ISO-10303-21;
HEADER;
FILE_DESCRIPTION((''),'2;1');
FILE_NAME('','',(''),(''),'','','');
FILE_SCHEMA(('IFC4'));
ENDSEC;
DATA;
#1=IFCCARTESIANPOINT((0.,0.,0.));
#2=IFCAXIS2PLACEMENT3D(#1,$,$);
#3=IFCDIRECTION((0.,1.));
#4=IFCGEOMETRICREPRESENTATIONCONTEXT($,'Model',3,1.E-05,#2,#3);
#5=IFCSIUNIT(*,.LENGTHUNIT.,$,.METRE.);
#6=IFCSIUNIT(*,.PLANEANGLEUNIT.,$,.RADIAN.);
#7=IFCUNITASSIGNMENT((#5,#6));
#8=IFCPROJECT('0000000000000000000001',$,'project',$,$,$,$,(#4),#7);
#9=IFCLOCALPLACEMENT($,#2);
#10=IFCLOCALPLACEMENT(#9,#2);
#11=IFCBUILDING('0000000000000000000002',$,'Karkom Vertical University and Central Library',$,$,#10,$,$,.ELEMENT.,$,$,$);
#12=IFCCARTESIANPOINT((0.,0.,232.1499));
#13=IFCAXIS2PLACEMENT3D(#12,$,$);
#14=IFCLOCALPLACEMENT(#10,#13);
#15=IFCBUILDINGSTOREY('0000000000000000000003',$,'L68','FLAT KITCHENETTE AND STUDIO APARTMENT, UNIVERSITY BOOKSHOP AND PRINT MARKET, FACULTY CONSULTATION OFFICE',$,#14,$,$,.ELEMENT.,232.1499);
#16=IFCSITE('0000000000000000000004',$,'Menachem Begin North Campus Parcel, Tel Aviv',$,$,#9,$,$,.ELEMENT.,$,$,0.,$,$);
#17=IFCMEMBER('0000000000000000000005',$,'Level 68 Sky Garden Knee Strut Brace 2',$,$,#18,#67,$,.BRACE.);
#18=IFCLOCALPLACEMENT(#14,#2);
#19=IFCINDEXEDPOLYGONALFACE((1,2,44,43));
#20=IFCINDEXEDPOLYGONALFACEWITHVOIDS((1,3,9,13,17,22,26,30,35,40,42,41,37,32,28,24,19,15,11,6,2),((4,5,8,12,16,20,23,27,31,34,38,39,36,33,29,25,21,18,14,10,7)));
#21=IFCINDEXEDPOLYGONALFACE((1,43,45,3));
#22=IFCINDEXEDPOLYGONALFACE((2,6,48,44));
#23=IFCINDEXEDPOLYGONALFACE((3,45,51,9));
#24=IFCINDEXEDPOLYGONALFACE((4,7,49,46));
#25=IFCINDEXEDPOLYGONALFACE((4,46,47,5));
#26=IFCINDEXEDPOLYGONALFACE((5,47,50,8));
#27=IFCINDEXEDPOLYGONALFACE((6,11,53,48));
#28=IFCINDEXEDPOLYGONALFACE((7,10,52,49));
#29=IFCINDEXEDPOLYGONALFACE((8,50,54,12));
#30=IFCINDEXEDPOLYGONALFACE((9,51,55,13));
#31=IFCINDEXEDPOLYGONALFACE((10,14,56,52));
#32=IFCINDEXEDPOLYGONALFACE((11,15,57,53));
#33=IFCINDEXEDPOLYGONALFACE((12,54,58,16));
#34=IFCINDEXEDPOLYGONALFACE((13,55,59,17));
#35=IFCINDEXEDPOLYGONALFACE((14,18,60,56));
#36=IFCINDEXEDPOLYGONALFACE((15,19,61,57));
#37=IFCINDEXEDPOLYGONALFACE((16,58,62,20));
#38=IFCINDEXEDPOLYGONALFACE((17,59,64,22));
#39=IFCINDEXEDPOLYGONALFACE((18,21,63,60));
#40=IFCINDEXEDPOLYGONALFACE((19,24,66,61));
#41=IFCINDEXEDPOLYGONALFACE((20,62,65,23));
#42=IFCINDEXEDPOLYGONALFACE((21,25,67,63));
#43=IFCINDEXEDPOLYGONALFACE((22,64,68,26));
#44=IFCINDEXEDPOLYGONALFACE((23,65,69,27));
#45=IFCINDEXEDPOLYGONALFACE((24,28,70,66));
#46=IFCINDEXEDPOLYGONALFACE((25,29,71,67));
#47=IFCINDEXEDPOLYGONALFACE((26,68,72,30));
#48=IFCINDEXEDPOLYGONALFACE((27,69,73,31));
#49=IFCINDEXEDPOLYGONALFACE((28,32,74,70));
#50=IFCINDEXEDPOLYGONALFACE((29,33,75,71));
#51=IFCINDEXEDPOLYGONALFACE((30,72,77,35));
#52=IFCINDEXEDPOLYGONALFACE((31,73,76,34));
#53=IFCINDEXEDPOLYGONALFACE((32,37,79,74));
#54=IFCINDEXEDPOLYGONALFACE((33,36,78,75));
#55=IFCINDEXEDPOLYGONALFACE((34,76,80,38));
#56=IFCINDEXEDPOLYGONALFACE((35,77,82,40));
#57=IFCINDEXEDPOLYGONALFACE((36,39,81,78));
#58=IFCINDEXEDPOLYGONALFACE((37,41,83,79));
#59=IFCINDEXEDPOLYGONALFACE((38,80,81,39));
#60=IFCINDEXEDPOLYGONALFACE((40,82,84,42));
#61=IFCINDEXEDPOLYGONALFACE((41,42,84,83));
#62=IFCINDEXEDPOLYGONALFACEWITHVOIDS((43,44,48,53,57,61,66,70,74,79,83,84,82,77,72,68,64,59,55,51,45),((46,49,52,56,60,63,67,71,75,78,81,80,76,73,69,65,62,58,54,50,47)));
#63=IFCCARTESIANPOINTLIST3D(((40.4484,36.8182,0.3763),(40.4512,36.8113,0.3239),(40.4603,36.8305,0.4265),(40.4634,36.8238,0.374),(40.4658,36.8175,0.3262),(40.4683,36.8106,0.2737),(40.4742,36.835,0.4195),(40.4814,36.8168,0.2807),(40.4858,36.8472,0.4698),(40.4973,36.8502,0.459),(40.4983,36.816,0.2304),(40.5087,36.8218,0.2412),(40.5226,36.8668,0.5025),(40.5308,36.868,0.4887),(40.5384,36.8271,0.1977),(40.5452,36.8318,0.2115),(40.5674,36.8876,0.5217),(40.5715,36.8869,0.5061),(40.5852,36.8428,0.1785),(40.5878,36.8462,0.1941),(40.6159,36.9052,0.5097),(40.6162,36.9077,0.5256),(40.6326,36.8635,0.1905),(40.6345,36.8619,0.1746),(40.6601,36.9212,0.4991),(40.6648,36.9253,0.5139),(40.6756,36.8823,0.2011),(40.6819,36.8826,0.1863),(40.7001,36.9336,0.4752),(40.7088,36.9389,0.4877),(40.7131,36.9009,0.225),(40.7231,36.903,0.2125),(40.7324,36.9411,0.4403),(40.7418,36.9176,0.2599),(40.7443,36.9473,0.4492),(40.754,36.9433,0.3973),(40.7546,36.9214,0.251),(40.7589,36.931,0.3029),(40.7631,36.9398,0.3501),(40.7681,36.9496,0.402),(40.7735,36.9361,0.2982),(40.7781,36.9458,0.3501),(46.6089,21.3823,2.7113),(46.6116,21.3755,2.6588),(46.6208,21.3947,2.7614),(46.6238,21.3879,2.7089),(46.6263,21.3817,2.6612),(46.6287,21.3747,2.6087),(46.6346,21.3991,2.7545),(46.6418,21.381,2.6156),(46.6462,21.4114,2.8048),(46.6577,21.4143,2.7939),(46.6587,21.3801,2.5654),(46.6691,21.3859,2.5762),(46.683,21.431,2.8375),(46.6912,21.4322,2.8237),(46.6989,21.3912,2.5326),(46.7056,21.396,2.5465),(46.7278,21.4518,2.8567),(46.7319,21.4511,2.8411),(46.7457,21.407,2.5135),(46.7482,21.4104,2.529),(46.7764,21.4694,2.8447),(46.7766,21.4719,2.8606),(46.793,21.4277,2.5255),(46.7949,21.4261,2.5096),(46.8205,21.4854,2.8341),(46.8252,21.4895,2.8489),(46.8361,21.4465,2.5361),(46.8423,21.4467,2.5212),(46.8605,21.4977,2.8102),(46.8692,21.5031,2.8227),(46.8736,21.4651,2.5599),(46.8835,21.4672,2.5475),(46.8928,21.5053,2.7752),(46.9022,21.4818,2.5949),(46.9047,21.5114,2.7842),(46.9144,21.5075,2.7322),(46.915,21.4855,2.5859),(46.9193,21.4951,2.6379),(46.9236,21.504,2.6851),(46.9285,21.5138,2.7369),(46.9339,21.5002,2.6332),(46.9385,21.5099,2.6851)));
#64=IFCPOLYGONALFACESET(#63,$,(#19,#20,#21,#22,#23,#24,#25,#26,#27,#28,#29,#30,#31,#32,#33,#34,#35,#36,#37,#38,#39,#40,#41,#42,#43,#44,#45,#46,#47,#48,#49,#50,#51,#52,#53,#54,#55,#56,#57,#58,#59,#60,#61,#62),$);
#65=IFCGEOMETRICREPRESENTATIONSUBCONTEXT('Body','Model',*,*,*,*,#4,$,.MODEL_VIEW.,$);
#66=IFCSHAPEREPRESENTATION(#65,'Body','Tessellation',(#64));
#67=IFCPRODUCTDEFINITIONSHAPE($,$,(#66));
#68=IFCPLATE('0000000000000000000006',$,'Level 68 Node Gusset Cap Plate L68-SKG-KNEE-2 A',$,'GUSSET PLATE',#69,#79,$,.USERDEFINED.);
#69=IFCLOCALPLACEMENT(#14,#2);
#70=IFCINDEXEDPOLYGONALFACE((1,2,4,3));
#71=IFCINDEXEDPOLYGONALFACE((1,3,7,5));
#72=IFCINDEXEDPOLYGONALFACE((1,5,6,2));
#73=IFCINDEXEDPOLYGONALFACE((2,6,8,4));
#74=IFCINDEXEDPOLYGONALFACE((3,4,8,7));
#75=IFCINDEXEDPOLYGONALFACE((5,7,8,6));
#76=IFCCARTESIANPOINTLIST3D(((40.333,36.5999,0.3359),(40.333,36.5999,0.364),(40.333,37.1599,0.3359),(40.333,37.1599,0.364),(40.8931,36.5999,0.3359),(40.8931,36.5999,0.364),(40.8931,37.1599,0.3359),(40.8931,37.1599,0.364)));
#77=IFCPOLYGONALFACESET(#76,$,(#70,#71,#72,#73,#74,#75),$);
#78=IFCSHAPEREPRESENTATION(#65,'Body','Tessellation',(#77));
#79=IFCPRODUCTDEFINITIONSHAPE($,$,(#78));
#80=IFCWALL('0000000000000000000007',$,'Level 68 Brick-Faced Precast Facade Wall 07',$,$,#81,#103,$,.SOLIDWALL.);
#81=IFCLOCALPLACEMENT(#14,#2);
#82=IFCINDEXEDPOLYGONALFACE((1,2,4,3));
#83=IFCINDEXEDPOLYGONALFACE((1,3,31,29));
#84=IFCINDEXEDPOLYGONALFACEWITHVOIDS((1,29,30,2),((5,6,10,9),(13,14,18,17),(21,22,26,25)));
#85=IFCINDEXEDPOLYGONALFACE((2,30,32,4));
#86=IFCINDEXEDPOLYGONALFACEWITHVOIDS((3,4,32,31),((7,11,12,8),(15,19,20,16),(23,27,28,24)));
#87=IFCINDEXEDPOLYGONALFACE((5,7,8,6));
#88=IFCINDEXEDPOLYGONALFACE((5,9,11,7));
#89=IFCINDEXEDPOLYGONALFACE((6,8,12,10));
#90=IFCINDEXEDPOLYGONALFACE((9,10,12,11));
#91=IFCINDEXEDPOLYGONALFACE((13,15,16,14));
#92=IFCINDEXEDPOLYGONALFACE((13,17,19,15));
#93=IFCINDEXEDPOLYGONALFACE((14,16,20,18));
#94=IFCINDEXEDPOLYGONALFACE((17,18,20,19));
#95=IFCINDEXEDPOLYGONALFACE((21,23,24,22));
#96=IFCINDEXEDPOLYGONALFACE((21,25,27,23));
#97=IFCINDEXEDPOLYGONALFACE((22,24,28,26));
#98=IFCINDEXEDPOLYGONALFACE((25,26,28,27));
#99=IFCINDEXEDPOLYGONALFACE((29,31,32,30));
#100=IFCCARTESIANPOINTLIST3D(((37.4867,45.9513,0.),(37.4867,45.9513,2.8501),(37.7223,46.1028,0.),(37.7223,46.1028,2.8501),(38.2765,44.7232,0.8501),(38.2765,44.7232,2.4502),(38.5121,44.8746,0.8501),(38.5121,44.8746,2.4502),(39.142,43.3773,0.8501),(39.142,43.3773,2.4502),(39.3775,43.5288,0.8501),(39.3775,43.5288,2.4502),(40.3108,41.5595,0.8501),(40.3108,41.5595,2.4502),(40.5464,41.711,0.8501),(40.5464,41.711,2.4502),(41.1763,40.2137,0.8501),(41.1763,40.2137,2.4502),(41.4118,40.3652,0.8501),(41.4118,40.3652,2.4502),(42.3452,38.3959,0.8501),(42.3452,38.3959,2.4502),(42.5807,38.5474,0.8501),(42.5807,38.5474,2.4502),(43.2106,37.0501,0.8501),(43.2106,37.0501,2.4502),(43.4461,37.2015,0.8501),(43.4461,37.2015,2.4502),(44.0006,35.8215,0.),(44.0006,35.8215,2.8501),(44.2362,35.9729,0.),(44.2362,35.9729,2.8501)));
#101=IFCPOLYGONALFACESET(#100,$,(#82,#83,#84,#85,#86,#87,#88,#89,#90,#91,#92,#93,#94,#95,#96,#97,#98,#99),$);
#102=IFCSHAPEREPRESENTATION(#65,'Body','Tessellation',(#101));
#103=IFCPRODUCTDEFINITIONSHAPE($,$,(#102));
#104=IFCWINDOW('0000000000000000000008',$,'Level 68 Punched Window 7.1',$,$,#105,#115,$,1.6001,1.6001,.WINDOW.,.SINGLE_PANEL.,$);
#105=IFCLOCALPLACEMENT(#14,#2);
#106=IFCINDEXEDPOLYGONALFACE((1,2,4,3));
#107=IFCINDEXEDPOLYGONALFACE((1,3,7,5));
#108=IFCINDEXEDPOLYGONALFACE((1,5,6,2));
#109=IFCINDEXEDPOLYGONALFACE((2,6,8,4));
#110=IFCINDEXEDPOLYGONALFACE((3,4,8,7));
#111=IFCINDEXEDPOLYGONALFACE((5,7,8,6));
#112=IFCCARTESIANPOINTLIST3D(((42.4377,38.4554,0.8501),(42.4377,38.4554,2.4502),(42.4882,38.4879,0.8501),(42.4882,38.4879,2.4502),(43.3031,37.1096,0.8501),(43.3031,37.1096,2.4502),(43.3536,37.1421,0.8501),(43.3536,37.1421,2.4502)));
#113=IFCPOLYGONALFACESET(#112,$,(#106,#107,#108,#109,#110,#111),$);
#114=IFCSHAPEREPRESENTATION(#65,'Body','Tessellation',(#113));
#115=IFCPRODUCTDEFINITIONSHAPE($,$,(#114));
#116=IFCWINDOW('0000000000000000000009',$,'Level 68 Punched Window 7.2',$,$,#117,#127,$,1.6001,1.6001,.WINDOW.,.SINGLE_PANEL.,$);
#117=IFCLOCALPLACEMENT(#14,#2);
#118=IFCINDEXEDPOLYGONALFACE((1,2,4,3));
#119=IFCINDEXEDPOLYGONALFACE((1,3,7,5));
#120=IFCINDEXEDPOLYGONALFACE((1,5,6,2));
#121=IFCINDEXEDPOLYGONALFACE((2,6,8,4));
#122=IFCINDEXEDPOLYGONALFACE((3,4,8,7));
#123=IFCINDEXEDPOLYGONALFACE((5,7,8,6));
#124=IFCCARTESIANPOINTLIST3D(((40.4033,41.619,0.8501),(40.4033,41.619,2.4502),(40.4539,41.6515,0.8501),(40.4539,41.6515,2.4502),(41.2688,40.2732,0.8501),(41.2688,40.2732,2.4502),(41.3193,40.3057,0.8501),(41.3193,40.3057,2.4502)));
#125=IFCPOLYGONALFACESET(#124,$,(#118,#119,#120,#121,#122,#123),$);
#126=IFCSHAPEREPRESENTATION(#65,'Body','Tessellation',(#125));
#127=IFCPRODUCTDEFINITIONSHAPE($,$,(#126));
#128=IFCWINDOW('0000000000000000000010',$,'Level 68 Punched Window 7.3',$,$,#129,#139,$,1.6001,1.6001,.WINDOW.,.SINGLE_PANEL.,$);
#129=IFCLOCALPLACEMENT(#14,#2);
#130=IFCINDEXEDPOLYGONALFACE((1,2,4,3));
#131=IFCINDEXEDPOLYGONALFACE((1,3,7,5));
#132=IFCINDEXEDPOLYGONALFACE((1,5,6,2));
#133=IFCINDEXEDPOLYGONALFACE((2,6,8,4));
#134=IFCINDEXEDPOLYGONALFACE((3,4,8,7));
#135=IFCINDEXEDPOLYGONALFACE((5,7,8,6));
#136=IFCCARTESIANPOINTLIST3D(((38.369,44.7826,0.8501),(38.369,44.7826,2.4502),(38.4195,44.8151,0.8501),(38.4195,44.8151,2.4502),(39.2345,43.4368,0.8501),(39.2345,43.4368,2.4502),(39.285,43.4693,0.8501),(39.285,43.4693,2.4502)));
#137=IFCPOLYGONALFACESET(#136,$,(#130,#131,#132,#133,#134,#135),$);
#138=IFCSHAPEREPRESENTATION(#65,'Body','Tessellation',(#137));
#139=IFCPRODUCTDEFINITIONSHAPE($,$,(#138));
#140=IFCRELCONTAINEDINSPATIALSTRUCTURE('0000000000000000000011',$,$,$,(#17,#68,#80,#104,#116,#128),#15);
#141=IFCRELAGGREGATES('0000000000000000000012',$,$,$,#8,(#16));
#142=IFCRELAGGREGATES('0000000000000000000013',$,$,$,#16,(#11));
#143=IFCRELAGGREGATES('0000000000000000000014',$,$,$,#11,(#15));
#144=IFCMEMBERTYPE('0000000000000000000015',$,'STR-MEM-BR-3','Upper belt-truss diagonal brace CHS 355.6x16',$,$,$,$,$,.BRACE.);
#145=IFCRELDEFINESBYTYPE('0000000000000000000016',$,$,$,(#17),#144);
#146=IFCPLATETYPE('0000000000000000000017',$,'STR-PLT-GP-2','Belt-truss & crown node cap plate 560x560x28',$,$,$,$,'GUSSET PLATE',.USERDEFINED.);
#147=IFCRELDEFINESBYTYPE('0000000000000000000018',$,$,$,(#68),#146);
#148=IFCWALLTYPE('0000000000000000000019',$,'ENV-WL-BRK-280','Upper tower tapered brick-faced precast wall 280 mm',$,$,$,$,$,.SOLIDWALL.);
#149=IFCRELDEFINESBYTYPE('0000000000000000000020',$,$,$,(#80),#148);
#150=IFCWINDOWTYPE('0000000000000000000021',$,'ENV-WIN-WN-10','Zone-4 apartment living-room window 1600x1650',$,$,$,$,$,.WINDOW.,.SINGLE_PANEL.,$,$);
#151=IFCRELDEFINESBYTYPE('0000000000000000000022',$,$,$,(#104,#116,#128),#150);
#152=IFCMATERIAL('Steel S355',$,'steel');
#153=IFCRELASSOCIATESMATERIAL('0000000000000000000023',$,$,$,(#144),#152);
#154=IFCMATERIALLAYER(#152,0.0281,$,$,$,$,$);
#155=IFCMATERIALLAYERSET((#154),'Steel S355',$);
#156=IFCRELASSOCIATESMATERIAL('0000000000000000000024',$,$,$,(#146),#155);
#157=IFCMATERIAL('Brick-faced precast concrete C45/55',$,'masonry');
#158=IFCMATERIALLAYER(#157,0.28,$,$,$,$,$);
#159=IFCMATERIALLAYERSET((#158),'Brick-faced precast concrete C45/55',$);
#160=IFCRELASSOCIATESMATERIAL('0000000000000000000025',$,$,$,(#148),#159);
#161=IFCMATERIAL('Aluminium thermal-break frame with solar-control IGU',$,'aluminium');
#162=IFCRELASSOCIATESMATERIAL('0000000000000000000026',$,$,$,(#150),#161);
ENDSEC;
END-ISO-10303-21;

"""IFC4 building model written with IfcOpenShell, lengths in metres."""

from ifc_helpers import new_model, si_unit, direction, frame, frame_2d, origin, origin_with_axes, origin_2d, place, context, subcontext, project, spatial, rectangle, hollow_circle, extrude, source, transform, mapped, material, layer, layer_set, material_profile, profile_set, type_object, element, fill, save


model = new_model("IFC4")

# Units and contexts
model_context = context("Model", 3, precision=1e-05, world=origin(), true_north=direction((0.0, 1.0)))
body_context = subcontext(model_context, "Body", "Model", "MODEL_VIEW")
ifc_project = project(units=[si_unit("LENGTHUNIT", "METRE"), si_unit("PLANEANGLEUNIT", "RADIAN")], contexts=[model_context])

# Site, building, storey
site_placement = place(None, origin())
site = spatial("IfcSite", under=ifc_project, at=site_placement, Name="Menachem Begin North Campus Parcel, Tel Aviv", CompositionType="ELEMENT", RefElevation=0.0)
building_placement = place(site_placement, origin())
building = spatial("IfcBuilding", under=site, at=building_placement, Name="Karkom Vertical University and Central Library", CompositionType="ELEMENT")
storey_placement = place(building_placement, frame((0.0, 0.0, 232.1499)))
storey = spatial("IfcBuildingStorey", under=building, at=storey_placement, Name="L68", Description="FLAT KITCHENETTE AND STUDIO APARTMENT, UNIVERSITY BOOKSHOP AND PRINT MARKET, FACULTY CONSULTATION OFFICE", CompositionType="ELEMENT", Elevation=232.1499)

# Shared definitions
ifc_material_1 = material(Name="Steel S355", Category="steel")

# Member
ifc_material_profile_1 = material_profile(ifc_material_1, hollow_circle(Radius=0.1777, WallThickness=0.0161, at=origin_2d()), Name="CHS 355.6x16")
ifc_profile_set_1 = profile_set([ifc_material_profile_1], Name="Steel S355")
member_type = type_object("IfcMemberType", Name="STR-MEM-BR-3", Description="Upper belt-truss diagonal brace CHS 355.6x16", PredefinedType="BRACE", material=ifc_profile_set_1)
shared_shape_1 = source(origin_with_axes(), body_context, "Body", "SweptSolid", [
    extrude(hollow_circle(Radius=0.1777, WallThickness=0.0161, at=origin_2d()), origin(), (0.0, 0.0, 1.0), 16.783),
])
member_placement = place(storey_placement, frame((40.613, 36.8799, 0.3501), z_axis=(0.367064, -0.919732, 0.139127), x_axis=(0.928765, 0.370669, 0.0)))
element("IfcMember", 1, at=member_placement, inside=storey, type_object=member_type, Name="Level 68 Sky Garden Knee Strut Brace 2", PredefinedType="BRACE", context=body_context, shape_type="MappedRepresentation", body=[
    mapped(shared_shape_1, transform((0.0, 0.0, 0.0), scale=1.0)),
])

# Plate
ifc_layer_1 = layer(ifc_material_1, 0.0281)
ifc_layer_set_1 = layer_set([ifc_layer_1], Name="Steel S355")
plate_type = type_object("IfcPlateType", Name="STR-PLT-GP-2", Description="Belt-truss & crown node cap plate 560x560x28", ElementType="GUSSET PLATE", PredefinedType="USERDEFINED", material=ifc_layer_set_1)
shared_shape_2 = source(origin_with_axes(), body_context, "Body", "SweptSolid", [
    extrude(rectangle(XDim=0.5601, YDim=0.5601, at=origin_2d()), origin(), (0.0, 0.0, 1.0), 0.0281),
])
plate_placement = place(storey_placement, frame((40.613, 36.8799, 0.3359), z_axis=(0.0, 0.0, 1.0), x_axis=(1.0, 0.0, 0.0)))
element("IfcPlate", 2, at=plate_placement, inside=storey, type_object=plate_type, Name="Level 68 Node Gusset Cap Plate L68-SKG-KNEE-2 A", ObjectType="GUSSET PLATE", PredefinedType="USERDEFINED", context=body_context, shape_type="MappedRepresentation", body=[
    mapped(shared_shape_2, transform((0.0, 0.0, 0.0), scale=1.0)),
])

# Wall, openings, windows
ifc_material_2 = material(Name="Brick-faced precast concrete C45/55", Category="masonry")
ifc_layer_2 = layer(ifc_material_2, 0.28)
ifc_layer_set_2 = layer_set([ifc_layer_2], Name="Brick-faced precast concrete C45/55")
wall_type_1 = type_object("IfcWallType", Name="ENV-WL-BRK-280", Description="Upper tower tapered brick-faced precast wall 280 mm", PredefinedType="SOLIDWALL", material=ifc_layer_set_2)
wall_1_placement = place(storey_placement, frame((44.1184, 35.8972, 0.0), z_axis=(0.0, 0.0, 1.0), x_axis=(-0.540866, 0.841109, 0.0)))
wall_1 = element("IfcWall", 3, at=wall_1_placement, inside=storey, type_object=wall_type_1, Name="Level 68 Brick-Faced Precast Facade Wall 07", PredefinedType="SOLIDWALL", context=body_context, shape_type="SweptSolid", body=[
    extrude(rectangle(XDim=12.0435, YDim=0.28, at=frame_2d((6.0217, 0.0))), origin(), (0.0, 0.0, 1.0), 2.8501),
])
opening_1_placement = place(wall_1_placement, frame((1.4607, 0.0, 0.8501)))
opening_1 = element("IfcOpeningElement", 4, at=opening_1_placement, cuts=wall_1, PredefinedType="OPENING", context=body_context, shape_type="SweptSolid", body=[
    extrude(rectangle(XDim=1.6001, YDim=1.6001, at=frame_2d((0.8, 0.8))), frame((0.0, 0.1499, 0.0), z_axis=(0.0, -1.0, 0.0), x_axis=(1.0, 0.0, 0.0)), (0.0, 0.0, 1.0), 0.3),
])
opening_2_placement = place(wall_1_placement, frame((5.2219, 0.0, 0.8501)))
opening_2 = element("IfcOpeningElement", 5, at=opening_2_placement, cuts=wall_1, PredefinedType="OPENING", context=body_context, shape_type="SweptSolid", body=[
    extrude(rectangle(XDim=1.6001, YDim=1.6001, at=frame_2d((0.8, 0.8))), frame((0.0, 0.1499, 0.0), z_axis=(0.0, -1.0, 0.0), x_axis=(1.0, 0.0, 0.0)), (0.0, 0.0, 1.0), 0.3),
])
opening_3_placement = place(wall_1_placement, frame((8.9832, 0.0, 0.8501)))
opening_3 = element("IfcOpeningElement", 6, at=opening_3_placement, cuts=wall_1, PredefinedType="OPENING", context=body_context, shape_type="SweptSolid", body=[
    extrude(rectangle(XDim=1.6001, YDim=1.6001, at=frame_2d((0.8, 0.8))), frame((0.0, 0.1499, 0.0), z_axis=(0.0, -1.0, 0.0), x_axis=(1.0, 0.0, 0.0)), (0.0, 0.0, 1.0), 0.3),
])
ifc_material_3 = material(Name="Aluminium thermal-break frame with solar-control IGU", Category="aluminium")
window_type = type_object("IfcWindowType", Name="ENV-WIN-WN-10", Description="Zone-4 apartment living-room window 1600x1650", PartitioningType="SINGLE_PANEL", PredefinedType="WINDOW", material=ifc_material_3)
shared_shape_3 = source(origin_with_axes(), body_context, "Body", "SweptSolid", [
    extrude(rectangle(XDim=1.6001, YDim=1.6001, at=frame_2d((0.8, 0.8))), frame((0.0, 0.03, 0.0), z_axis=(0.0, -1.0, 0.0), x_axis=(1.0, 0.0, 0.0)), (0.0, 0.0, 1.0), 0.0601),
])
window_1_placement = place(opening_1_placement, origin())
window_1 = element("IfcWindow", 7, at=window_1_placement, inside=storey, type_object=window_type, Name="Level 68 Punched Window 7.1", OverallHeight=1.6001, OverallWidth=1.6001, PartitioningType="SINGLE_PANEL", PredefinedType="WINDOW", context=body_context, shape_type="MappedRepresentation", body=[
    mapped(shared_shape_3, transform((0.0, 0.0, 0.0), scale=1.0)),
])
fill(opening_1, window_1)
window_2_placement = place(opening_2_placement, origin())
window_2 = element("IfcWindow", 8, at=window_2_placement, inside=storey, type_object=window_type, Name="Level 68 Punched Window 7.2", OverallHeight=1.6001, OverallWidth=1.6001, PartitioningType="SINGLE_PANEL", PredefinedType="WINDOW", context=body_context, shape_type="MappedRepresentation", body=[
    mapped(shared_shape_3, transform((0.0, 0.0, 0.0), scale=1.0)),
])
fill(opening_2, window_2)
window_3_placement = place(opening_3_placement, origin())
window_3 = element("IfcWindow", 9, at=window_3_placement, inside=storey, type_object=window_type, Name="Level 68 Punched Window 7.3", OverallHeight=1.6001, OverallWidth=1.6001, PartitioningType="SINGLE_PANEL", PredefinedType="WINDOW", context=body_context, shape_type="MappedRepresentation", body=[
    mapped(shared_shape_3, transform((0.0, 0.0, 0.0), scale=1.0)),
])
fill(opening_3, window_3)

save(model, "model.ifc")
